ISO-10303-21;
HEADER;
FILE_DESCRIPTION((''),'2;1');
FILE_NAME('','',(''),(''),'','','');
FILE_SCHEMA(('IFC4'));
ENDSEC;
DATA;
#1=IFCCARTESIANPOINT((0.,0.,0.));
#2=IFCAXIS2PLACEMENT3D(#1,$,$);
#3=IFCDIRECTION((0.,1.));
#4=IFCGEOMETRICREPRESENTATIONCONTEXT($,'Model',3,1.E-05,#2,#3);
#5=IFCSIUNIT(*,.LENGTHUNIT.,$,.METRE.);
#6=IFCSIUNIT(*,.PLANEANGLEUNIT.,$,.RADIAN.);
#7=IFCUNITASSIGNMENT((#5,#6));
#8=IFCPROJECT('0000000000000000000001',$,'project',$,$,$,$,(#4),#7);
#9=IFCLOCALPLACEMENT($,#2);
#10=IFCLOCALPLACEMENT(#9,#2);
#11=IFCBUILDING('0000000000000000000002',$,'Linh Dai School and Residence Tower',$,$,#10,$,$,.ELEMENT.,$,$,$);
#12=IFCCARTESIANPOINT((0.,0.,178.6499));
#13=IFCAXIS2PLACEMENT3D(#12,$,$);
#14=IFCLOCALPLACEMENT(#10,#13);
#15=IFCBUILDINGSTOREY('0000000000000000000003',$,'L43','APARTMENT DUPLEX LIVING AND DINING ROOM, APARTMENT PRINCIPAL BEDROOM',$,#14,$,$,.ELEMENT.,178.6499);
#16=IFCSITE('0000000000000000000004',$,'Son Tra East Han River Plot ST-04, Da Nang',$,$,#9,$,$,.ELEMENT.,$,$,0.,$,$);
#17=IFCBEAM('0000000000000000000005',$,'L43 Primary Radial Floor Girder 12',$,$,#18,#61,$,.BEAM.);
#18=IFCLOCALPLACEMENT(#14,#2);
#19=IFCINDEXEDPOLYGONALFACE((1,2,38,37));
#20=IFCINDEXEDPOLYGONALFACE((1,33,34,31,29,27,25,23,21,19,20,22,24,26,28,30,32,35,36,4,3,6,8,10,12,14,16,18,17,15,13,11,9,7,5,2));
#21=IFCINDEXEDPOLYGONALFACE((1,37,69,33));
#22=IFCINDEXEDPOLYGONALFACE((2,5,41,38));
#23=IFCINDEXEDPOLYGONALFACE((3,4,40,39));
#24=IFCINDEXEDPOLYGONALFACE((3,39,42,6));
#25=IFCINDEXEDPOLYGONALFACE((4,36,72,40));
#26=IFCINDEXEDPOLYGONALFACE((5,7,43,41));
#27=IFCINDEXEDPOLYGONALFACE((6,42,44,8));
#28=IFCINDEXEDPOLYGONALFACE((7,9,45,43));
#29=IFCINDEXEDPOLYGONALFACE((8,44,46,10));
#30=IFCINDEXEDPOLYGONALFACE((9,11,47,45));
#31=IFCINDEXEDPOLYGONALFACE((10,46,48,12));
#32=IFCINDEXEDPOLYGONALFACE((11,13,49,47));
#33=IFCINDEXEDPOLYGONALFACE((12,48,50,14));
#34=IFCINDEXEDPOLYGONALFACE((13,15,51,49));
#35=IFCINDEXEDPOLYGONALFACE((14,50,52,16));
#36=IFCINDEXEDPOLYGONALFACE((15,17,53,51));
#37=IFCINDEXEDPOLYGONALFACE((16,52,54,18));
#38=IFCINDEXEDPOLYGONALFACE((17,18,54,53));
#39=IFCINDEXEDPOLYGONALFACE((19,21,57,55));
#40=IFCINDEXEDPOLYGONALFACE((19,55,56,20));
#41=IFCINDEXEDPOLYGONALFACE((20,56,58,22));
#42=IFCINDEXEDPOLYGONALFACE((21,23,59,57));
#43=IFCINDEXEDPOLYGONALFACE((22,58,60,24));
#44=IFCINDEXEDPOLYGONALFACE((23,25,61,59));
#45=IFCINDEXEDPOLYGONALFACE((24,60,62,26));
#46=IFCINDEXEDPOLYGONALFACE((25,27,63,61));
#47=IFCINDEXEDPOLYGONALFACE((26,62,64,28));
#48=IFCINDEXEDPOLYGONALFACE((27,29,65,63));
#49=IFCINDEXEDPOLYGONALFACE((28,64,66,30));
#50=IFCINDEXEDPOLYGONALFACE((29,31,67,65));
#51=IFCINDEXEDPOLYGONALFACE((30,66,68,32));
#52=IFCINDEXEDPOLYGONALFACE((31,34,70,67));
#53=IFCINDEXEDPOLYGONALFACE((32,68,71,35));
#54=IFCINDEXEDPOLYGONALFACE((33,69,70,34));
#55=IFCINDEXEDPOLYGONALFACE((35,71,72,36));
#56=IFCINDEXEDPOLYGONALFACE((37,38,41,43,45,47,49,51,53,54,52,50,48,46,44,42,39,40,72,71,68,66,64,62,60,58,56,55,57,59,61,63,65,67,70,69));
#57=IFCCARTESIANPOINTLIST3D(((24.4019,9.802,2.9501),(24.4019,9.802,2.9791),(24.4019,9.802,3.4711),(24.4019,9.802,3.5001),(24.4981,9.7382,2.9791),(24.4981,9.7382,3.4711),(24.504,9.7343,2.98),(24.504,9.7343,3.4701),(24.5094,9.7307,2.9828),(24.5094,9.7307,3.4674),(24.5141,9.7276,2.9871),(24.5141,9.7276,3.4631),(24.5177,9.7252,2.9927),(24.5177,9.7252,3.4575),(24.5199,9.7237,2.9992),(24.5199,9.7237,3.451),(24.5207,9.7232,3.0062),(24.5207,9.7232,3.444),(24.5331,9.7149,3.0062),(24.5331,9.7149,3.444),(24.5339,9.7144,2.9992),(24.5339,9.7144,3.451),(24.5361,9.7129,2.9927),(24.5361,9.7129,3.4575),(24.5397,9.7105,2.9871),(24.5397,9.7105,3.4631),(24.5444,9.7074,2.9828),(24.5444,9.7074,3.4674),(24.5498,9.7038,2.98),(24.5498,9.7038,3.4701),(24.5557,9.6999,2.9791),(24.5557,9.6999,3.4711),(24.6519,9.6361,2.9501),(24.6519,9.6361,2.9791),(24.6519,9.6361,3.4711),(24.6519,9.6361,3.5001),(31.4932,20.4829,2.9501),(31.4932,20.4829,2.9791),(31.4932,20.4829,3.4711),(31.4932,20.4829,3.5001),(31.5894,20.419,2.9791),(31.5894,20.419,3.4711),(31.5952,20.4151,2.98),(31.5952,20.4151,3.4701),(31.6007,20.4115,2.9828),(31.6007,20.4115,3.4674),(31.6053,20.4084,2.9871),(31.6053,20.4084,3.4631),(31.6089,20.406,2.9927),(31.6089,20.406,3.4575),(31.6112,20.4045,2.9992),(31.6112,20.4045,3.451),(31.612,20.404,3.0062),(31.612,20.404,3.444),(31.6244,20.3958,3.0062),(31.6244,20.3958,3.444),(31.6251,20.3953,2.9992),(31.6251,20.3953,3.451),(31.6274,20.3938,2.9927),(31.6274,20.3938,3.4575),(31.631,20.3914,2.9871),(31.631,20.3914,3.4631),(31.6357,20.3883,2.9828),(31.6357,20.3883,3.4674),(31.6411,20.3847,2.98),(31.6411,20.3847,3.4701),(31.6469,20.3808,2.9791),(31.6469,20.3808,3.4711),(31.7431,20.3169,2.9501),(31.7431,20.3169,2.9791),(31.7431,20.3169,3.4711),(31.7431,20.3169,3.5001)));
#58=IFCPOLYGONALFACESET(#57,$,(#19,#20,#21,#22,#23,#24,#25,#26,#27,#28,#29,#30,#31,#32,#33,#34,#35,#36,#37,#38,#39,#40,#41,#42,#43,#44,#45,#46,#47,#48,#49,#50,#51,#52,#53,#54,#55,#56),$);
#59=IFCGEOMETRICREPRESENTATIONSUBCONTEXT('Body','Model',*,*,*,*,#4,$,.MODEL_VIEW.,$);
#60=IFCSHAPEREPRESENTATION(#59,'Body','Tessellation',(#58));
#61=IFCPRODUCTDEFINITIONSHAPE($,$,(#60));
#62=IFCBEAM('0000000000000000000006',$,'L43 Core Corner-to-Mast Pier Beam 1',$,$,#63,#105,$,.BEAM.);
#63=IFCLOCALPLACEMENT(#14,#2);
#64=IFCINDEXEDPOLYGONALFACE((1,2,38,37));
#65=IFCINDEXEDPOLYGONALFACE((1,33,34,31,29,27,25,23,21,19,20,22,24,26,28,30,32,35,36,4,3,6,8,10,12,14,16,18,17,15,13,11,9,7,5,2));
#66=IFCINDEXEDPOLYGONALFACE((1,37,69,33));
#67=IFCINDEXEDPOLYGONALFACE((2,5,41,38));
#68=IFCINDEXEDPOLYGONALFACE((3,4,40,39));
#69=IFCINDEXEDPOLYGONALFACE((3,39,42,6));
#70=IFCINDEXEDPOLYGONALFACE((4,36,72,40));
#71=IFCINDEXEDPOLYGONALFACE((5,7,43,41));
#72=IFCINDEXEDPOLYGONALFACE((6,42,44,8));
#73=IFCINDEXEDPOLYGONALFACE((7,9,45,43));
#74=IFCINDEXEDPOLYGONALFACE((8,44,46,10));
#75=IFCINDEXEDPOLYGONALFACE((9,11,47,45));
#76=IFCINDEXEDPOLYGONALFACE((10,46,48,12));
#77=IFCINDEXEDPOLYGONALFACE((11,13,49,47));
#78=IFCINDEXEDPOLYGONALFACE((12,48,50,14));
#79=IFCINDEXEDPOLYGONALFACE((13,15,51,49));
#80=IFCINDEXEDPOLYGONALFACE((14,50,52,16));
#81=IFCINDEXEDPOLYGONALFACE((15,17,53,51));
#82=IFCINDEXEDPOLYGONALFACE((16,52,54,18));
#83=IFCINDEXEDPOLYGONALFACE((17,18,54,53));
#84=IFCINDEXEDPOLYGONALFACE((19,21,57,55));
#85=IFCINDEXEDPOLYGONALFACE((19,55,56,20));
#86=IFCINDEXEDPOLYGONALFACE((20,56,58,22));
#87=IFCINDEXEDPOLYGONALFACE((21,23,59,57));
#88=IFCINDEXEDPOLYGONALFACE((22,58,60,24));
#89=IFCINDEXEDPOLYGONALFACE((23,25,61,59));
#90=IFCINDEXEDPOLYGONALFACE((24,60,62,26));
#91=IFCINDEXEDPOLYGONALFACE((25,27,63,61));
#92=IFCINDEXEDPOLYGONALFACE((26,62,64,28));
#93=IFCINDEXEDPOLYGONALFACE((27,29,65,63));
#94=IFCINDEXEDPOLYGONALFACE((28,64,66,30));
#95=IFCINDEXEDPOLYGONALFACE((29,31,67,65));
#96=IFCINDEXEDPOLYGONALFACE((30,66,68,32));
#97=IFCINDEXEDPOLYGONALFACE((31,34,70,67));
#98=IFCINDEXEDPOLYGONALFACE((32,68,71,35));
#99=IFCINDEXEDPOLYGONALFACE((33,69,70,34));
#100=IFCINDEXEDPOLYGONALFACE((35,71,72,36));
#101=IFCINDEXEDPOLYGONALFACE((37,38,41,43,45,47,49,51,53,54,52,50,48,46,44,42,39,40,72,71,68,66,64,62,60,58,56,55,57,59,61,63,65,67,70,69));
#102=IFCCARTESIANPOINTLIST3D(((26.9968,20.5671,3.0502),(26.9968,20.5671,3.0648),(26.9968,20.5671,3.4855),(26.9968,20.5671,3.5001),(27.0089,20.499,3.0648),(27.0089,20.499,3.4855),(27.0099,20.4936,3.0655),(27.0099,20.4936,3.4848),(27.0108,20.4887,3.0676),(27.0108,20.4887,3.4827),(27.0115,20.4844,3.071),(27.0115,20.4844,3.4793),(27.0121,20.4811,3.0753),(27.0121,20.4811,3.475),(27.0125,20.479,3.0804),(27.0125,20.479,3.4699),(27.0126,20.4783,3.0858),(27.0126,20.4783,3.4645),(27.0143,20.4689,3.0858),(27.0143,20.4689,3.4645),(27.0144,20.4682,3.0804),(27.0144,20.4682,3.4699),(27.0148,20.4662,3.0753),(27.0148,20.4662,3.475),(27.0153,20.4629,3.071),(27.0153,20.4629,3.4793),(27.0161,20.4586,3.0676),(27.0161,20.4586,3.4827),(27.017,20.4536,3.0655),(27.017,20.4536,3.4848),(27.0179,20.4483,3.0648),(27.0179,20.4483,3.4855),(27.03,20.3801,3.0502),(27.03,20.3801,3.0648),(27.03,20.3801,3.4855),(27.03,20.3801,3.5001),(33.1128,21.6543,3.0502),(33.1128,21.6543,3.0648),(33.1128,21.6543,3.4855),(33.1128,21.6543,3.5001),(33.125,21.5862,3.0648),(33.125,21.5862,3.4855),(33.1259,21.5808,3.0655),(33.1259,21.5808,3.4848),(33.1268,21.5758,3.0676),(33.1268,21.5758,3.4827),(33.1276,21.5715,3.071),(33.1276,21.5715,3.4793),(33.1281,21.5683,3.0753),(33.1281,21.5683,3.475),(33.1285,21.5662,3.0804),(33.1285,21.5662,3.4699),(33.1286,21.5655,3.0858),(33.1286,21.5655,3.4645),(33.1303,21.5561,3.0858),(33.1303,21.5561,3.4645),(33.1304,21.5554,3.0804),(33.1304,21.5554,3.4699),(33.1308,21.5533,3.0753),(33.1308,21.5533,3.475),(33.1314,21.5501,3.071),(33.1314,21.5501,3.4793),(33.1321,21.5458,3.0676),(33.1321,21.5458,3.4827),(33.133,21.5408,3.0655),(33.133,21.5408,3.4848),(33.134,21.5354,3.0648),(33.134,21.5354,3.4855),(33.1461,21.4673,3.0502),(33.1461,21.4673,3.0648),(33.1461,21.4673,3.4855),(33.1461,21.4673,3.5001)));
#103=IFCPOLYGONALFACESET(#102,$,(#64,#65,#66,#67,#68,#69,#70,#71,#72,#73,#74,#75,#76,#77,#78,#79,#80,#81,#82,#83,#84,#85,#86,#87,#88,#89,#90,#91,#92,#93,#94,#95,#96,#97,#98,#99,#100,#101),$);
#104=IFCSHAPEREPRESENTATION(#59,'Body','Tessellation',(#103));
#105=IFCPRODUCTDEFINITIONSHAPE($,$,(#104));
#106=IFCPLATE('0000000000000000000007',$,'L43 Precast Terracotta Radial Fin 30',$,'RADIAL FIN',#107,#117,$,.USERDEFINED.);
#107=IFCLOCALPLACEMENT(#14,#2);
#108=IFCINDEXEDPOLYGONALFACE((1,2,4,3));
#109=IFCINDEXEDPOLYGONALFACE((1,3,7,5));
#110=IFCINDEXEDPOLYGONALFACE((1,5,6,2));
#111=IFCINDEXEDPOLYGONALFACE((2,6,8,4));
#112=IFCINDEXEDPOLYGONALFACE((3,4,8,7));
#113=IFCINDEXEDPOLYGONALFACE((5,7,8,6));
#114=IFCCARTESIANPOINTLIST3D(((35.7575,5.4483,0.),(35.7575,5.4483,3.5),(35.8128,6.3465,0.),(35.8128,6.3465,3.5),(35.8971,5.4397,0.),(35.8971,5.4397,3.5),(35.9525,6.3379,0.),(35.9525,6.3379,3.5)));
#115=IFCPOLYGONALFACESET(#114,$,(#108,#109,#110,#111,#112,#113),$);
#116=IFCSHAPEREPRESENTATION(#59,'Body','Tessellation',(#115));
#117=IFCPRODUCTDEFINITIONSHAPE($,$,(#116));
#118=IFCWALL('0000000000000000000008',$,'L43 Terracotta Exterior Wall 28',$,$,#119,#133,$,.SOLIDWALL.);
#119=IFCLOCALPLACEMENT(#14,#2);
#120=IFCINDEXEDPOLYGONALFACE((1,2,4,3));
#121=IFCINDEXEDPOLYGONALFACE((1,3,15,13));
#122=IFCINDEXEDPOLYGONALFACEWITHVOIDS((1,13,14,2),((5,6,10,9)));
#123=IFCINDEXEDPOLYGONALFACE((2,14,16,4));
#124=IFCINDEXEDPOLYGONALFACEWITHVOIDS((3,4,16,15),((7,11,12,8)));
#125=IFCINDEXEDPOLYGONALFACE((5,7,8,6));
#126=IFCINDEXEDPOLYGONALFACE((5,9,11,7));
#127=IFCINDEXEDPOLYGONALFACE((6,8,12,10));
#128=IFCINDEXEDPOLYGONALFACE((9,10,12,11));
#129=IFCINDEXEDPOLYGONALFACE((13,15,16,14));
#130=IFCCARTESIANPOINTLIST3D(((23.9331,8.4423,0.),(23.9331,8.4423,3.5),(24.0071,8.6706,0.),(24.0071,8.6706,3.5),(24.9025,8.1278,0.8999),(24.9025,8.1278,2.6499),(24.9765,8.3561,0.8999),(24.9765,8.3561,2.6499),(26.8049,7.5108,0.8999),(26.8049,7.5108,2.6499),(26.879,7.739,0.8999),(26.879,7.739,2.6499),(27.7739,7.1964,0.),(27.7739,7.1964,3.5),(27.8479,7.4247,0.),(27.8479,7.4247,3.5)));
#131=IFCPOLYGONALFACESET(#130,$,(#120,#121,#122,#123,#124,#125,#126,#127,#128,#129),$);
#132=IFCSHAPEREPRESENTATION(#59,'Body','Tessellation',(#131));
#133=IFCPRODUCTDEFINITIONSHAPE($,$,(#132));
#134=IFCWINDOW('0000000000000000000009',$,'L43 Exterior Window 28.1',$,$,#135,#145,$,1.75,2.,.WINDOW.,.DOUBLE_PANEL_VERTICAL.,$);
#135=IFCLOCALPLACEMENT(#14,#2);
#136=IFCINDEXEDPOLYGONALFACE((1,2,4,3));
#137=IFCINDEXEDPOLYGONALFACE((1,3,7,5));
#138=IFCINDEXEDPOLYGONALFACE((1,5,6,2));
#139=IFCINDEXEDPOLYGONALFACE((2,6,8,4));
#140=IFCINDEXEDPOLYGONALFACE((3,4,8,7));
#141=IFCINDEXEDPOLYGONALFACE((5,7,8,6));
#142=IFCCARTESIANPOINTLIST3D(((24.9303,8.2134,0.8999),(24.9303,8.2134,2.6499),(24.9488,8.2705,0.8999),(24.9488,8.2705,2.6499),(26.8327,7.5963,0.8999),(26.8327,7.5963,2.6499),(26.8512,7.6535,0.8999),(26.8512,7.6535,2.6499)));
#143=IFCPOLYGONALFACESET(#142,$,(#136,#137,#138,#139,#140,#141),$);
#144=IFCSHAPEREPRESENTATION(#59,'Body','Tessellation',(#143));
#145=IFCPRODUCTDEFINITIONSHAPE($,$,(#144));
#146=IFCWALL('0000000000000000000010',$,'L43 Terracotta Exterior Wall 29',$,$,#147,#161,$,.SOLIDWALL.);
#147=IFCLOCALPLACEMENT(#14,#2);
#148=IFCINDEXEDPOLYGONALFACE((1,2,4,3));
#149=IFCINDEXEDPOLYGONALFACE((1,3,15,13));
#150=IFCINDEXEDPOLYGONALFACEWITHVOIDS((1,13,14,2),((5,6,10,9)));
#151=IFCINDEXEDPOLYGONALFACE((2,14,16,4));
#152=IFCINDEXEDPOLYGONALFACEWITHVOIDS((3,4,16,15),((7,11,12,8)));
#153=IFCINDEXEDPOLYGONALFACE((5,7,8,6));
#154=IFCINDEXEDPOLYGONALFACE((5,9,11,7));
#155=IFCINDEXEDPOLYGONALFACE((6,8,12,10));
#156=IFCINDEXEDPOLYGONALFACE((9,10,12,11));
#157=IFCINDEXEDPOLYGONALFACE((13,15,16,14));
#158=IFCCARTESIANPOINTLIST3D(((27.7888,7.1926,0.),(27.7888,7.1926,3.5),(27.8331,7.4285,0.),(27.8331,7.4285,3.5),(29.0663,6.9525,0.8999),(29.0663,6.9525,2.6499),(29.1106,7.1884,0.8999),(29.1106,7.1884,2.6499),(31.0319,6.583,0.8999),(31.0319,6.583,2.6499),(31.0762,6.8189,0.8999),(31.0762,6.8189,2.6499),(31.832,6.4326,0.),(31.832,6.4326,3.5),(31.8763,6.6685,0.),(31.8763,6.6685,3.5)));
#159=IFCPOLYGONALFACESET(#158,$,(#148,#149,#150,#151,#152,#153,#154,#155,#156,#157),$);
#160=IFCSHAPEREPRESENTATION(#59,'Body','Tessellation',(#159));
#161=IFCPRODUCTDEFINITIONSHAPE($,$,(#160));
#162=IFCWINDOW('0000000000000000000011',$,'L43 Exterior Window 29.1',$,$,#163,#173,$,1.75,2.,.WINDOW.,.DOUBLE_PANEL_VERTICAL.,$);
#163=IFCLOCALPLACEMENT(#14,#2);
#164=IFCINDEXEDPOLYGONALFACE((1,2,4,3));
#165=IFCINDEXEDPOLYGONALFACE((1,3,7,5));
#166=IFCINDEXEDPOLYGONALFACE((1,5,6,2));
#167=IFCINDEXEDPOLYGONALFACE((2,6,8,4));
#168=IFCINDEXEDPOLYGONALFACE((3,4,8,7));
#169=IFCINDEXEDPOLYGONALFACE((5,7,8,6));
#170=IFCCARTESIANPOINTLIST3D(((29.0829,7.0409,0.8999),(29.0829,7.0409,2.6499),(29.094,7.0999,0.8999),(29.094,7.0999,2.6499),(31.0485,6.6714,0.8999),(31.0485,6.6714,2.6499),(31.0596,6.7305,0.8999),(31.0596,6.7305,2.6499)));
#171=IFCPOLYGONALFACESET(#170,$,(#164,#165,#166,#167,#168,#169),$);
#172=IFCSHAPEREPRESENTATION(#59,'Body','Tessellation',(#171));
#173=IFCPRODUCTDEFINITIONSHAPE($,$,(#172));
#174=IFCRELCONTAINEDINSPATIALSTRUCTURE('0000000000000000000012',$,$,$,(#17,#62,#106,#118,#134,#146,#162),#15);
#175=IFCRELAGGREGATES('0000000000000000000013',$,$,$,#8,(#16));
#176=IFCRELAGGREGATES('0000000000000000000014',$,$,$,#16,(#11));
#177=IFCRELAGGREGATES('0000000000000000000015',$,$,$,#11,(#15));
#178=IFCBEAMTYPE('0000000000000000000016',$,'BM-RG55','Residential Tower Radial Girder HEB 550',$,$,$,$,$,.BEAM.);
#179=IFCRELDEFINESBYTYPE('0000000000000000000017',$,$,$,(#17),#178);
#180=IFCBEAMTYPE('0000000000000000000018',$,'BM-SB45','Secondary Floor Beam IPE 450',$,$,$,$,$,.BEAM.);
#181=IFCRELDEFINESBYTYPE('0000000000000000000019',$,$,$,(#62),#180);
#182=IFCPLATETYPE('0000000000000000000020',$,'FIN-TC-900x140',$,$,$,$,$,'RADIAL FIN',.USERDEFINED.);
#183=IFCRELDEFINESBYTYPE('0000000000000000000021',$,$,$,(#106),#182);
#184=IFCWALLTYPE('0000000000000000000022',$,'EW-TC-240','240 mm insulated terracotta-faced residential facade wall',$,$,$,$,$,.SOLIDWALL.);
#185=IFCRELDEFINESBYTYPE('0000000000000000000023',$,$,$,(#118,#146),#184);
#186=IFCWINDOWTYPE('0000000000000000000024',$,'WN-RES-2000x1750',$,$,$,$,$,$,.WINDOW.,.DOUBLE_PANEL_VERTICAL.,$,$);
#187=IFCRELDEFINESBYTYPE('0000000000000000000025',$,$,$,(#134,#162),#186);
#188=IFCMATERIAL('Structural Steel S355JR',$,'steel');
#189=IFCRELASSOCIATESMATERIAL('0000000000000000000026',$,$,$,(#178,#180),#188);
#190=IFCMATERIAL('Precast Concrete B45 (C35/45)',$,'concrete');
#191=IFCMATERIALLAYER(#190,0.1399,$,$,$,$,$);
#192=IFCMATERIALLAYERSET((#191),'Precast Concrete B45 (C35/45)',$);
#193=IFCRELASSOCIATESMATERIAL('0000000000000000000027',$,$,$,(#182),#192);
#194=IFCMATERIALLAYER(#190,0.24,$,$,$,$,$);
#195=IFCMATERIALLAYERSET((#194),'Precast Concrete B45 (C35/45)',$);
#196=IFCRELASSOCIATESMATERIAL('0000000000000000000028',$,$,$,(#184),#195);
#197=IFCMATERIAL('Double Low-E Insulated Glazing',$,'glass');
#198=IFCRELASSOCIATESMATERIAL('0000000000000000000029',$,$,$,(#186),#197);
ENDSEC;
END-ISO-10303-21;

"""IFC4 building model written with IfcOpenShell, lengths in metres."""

from ifc_helpers import new_model, si_unit, direction, frame, frame_2d, origin, origin_2d, place, context, subcontext, project, spatial, rectangle, i_section, extrude, source, transform, mapped, material, layer, layer_set, material_profile, profile_set, type_object, element, fill, save


model = new_model("IFC4")

# Units and contexts
model_context = context("Model", 3, precision=1e-05, world=origin(), true_north=direction((0.0, 1.0)))
body_context = subcontext(model_context, "Body", "Model", "MODEL_VIEW")
ifc_project = project(units=[si_unit("LENGTHUNIT", "METRE"), si_unit("PLANEANGLEUNIT", "RADIAN")], contexts=[model_context])

# Site, building, storey
site_placement = place(None, origin())
site = spatial("IfcSite", under=ifc_project, at=site_placement, Name="Son Tra East Han River Plot ST-04, Da Nang", CompositionType="ELEMENT", RefElevation=0.0)
building_placement = place(site_placement, origin())
building = spatial("IfcBuilding", under=site, at=building_placement, Name="Linh Dai School and Residence Tower", CompositionType="ELEMENT")
storey_placement = place(building_placement, frame((0.0, 0.0, 178.6499)))
storey = spatial("IfcBuildingStorey", under=building, at=storey_placement, Name="L43", Description="APARTMENT DUPLEX LIVING AND DINING ROOM, APARTMENT PRINCIPAL BEDROOM", CompositionType="ELEMENT", Elevation=178.6499)

# Beams
ifc_material_1 = material(Name="Structural Steel S355JR", Category="steel")
ifc_material_profile_1 = material_profile(ifc_material_1, i_section(OverallWidth=0.3, OverallDepth=0.55, WebThickness=0.0149, FlangeThickness=0.0291, FilletRadius=0.0271, at=origin_2d()), Name="HEB 550")
ifc_profile_set_1 = profile_set([ifc_material_profile_1], Name="Structural Steel S355JR")
beam_type_1 = type_object("IfcBeamType", Name="BM-RG55", Description="Residential Tower Radial Girder HEB 550", PredefinedType="BEAM", material=ifc_profile_set_1)
beam_1_placement = place(storey_placement, frame((31.6182, 20.3999, 3.2251), z_axis=(-0.553117, -0.833103, 0.0), x_axis=(0.833103, -0.553117, 0.0)))
element("IfcBeam", 1, at=beam_1_placement, inside=storey, type_object=beam_type_1, Name="L43 Primary Radial Floor Girder 12", PredefinedType="BEAM", context=body_context, shape_type="SweptSolid", body=[
    extrude(i_section(OverallWidth=0.3, OverallDepth=0.55, WebThickness=0.0149, FlangeThickness=0.0291, FilletRadius=0.0271, at=origin_2d()), origin(), (0.0, 0.0, 1.0), 12.8206),
])
ifc_material_profile_2 = material_profile(ifc_material_1, i_section(OverallWidth=0.1899, OverallDepth=0.45, WebThickness=0.0095, FlangeThickness=0.0146, FilletRadius=0.021, at=origin_2d()), Name="IPE 450")
ifc_profile_set_2 = profile_set([ifc_material_profile_2], Name="Structural Steel S355JR")
beam_type_2 = type_object("IfcBeamType", Name="BM-SB45", Description="Secondary Floor Beam IPE 450", PredefinedType="BEAM", material=ifc_profile_set_2)
beam_2_placement = place(storey_placement, frame((27.0134, 20.4736, 3.2751), z_axis=(0.984566, 0.175014, 0.0), x_axis=(-0.175014, 0.984566, 0.0)))
element("IfcBeam", 2, at=beam_2_placement, inside=storey, type_object=beam_type_2, Name="L43 Core Corner-to-Mast Pier Beam 1", PredefinedType="BEAM", context=body_context, shape_type="SweptSolid", body=[
    extrude(i_section(OverallWidth=0.1899, OverallDepth=0.45, WebThickness=0.0095, FlangeThickness=0.0146, FilletRadius=0.021, at=origin_2d()), origin(), (0.0, 0.0, 1.0), 6.2119),
])

# Plate
ifc_material_2 = material(Name="Precast Concrete B45 (C35/45)", Category="concrete")
ifc_layer_1 = layer(ifc_material_2, 0.1399)
ifc_layer_set_1 = layer_set([ifc_layer_1], Name="Precast Concrete B45 (C35/45)")
plate_type = type_object("IfcPlateType", Name="FIN-TC-900x140", ElementType="RADIAL FIN", PredefinedType="USERDEFINED", material=ifc_layer_set_1)
shared_shape_1 = source(origin(), body_context, "Body", "SweptSolid", [
    extrude(rectangle(XDim=0.8999, YDim=0.1399, at=origin_2d()), origin(), (0.0, 0.0, 1.0), 3.5),
])
plate_placement = place(storey_placement, frame((35.855, 5.8931, 0.0), z_axis=(0.0, 0.0, 1.0), x_axis=(-0.061512, -0.998106, 0.0)))
element("IfcPlate", 3, at=plate_placement, inside=storey, type_object=plate_type, Name="L43 Precast Terracotta Radial Fin 30", ObjectType="RADIAL FIN", PredefinedType="USERDEFINED", context=body_context, shape_type="MappedRepresentation", body=[
    mapped(shared_shape_1, transform((0.0, 0.0, 0.0), x_axis=(1.0, 0.0, 0.0), y_axis=(0.0, 1.0, 0.0), z_axis=(0.0, 0.0, 1.0), scale=1.0)),
])

# Walls, openings, windows
ifc_layer_2 = layer(ifc_material_2, 0.24)
ifc_layer_set_2 = layer_set([ifc_layer_2], Name="Precast Concrete B45 (C35/45)")
wall_type_1 = type_object("IfcWallType", Name="EW-TC-240", Description="240 mm insulated terracotta-faced residential facade wall", PredefinedType="SOLIDWALL", material=ifc_layer_set_2)
wall_1_placement = place(storey_placement, frame((27.811, 7.3105, 0.0), z_axis=(0.0, 0.0, 1.0), x_axis=(-0.95121, 0.308545, 0.0)))
wall_1 = element("IfcWall", 4, at=wall_1_placement, inside=storey, type_object=wall_type_1, Name="L43 Terracotta Exterior Wall 28", PredefinedType="SOLIDWALL", context=body_context, shape_type="SweptSolid", body=[
    extrude(rectangle(XDim=4.0378, YDim=0.24, at=frame_2d((2.019, 0.0))), origin(), (0.0, 0.0, 1.0), 3.5),
])
opening_1_placement = place(wall_1_placement, frame((1.0188, 0.0, 0.8999)))
opening_1 = element("IfcOpeningElement", 5, at=opening_1_placement, cuts=wall_1, PredefinedType="OPENING", context=body_context, shape_type="SweptSolid", body=[
    extrude(rectangle(XDim=2.0, YDim=1.75, at=origin_2d()), frame((1.0, 0.1299, 0.875), z_axis=(0.0, -1.0, 0.0), x_axis=(1.0, 0.0, 0.0)), (0.0, 0.0, 1.0), 0.26),
])
ifc_material_3 = material(Name="Double Low-E Insulated Glazing", Category="glass")
window_type = type_object("IfcWindowType", Name="WN-RES-2000x1750", PartitioningType="DOUBLE_PANEL_VERTICAL", PredefinedType="WINDOW", material=ifc_material_3)
shared_shape_2 = source(origin(), body_context, "Body", "SweptSolid", [
    extrude(rectangle(XDim=2.0, YDim=1.75, at=origin_2d()), frame((1.0, 0.03, 0.875), z_axis=(0.0, -1.0, 0.0), x_axis=(1.0, 0.0, 0.0)), (0.0, 0.0, 1.0), 0.0601),
])
window_1_placement = place(opening_1_placement, origin())
window_1 = element("IfcWindow", 6, at=window_1_placement, inside=storey, type_object=window_type, Name="L43 Exterior Window 28.1", OverallHeight=1.75, OverallWidth=2.0, PartitioningType="DOUBLE_PANEL_VERTICAL", PredefinedType="WINDOW", context=body_context, shape_type="MappedRepresentation", body=[
    mapped(shared_shape_2, transform((0.0, 0.0, 0.0), x_axis=(1.0, 0.0, 0.0), y_axis=(0.0, 1.0, 0.0), z_axis=(0.0, 0.0, 1.0), scale=1.0)),
])
fill(opening_1, window_1)
wall_2_placement = place(storey_placement, frame((31.8542, 6.5505, 0.0), z_axis=(0.0, 0.0, 1.0), x_axis=(-0.982788, 0.184736, 0.0)))
wall_2 = element("IfcWall", 7, at=wall_2_placement, inside=storey, type_object=wall_type_1, Name="L43 Terracotta Exterior Wall 29", PredefinedType="SOLIDWALL", context=body_context, shape_type="SweptSolid", body=[
    extrude(rectangle(XDim=4.114, YDim=0.24, at=frame_2d((2.0571, 0.0))), origin(), (0.0, 0.0, 1.0), 3.5),
])
opening_2_placement = place(wall_2_placement, frame((0.8142, 0.0, 0.8999)))
opening_2 = element("IfcOpeningElement", 8, at=opening_2_placement, cuts=wall_2, PredefinedType="OPENING", context=body_context, shape_type="SweptSolid", body=[
    extrude(rectangle(XDim=2.0, YDim=1.75, at=origin_2d()), frame((1.0, 0.1299, 0.875), z_axis=(0.0, -1.0, 0.0), x_axis=(1.0, 0.0, 0.0)), (0.0, 0.0, 1.0), 0.26),
])
window_2_placement = place(opening_2_placement, origin())
window_2 = element("IfcWindow", 9, at=window_2_placement, inside=storey, type_object=window_type, Name="L43 Exterior Window 29.1", OverallHeight=1.75, OverallWidth=2.0, PartitioningType="DOUBLE_PANEL_VERTICAL", PredefinedType="WINDOW", context=body_context, shape_type="MappedRepresentation", body=[
    mapped(shared_shape_2, transform((0.0, 0.0, 0.0), x_axis=(1.0, 0.0, 0.0), y_axis=(0.0, 1.0, 0.0), z_axis=(0.0, 0.0, 1.0), scale=1.0)),
])
fill(opening_2, window_2)

save(model, "model.ifc")
